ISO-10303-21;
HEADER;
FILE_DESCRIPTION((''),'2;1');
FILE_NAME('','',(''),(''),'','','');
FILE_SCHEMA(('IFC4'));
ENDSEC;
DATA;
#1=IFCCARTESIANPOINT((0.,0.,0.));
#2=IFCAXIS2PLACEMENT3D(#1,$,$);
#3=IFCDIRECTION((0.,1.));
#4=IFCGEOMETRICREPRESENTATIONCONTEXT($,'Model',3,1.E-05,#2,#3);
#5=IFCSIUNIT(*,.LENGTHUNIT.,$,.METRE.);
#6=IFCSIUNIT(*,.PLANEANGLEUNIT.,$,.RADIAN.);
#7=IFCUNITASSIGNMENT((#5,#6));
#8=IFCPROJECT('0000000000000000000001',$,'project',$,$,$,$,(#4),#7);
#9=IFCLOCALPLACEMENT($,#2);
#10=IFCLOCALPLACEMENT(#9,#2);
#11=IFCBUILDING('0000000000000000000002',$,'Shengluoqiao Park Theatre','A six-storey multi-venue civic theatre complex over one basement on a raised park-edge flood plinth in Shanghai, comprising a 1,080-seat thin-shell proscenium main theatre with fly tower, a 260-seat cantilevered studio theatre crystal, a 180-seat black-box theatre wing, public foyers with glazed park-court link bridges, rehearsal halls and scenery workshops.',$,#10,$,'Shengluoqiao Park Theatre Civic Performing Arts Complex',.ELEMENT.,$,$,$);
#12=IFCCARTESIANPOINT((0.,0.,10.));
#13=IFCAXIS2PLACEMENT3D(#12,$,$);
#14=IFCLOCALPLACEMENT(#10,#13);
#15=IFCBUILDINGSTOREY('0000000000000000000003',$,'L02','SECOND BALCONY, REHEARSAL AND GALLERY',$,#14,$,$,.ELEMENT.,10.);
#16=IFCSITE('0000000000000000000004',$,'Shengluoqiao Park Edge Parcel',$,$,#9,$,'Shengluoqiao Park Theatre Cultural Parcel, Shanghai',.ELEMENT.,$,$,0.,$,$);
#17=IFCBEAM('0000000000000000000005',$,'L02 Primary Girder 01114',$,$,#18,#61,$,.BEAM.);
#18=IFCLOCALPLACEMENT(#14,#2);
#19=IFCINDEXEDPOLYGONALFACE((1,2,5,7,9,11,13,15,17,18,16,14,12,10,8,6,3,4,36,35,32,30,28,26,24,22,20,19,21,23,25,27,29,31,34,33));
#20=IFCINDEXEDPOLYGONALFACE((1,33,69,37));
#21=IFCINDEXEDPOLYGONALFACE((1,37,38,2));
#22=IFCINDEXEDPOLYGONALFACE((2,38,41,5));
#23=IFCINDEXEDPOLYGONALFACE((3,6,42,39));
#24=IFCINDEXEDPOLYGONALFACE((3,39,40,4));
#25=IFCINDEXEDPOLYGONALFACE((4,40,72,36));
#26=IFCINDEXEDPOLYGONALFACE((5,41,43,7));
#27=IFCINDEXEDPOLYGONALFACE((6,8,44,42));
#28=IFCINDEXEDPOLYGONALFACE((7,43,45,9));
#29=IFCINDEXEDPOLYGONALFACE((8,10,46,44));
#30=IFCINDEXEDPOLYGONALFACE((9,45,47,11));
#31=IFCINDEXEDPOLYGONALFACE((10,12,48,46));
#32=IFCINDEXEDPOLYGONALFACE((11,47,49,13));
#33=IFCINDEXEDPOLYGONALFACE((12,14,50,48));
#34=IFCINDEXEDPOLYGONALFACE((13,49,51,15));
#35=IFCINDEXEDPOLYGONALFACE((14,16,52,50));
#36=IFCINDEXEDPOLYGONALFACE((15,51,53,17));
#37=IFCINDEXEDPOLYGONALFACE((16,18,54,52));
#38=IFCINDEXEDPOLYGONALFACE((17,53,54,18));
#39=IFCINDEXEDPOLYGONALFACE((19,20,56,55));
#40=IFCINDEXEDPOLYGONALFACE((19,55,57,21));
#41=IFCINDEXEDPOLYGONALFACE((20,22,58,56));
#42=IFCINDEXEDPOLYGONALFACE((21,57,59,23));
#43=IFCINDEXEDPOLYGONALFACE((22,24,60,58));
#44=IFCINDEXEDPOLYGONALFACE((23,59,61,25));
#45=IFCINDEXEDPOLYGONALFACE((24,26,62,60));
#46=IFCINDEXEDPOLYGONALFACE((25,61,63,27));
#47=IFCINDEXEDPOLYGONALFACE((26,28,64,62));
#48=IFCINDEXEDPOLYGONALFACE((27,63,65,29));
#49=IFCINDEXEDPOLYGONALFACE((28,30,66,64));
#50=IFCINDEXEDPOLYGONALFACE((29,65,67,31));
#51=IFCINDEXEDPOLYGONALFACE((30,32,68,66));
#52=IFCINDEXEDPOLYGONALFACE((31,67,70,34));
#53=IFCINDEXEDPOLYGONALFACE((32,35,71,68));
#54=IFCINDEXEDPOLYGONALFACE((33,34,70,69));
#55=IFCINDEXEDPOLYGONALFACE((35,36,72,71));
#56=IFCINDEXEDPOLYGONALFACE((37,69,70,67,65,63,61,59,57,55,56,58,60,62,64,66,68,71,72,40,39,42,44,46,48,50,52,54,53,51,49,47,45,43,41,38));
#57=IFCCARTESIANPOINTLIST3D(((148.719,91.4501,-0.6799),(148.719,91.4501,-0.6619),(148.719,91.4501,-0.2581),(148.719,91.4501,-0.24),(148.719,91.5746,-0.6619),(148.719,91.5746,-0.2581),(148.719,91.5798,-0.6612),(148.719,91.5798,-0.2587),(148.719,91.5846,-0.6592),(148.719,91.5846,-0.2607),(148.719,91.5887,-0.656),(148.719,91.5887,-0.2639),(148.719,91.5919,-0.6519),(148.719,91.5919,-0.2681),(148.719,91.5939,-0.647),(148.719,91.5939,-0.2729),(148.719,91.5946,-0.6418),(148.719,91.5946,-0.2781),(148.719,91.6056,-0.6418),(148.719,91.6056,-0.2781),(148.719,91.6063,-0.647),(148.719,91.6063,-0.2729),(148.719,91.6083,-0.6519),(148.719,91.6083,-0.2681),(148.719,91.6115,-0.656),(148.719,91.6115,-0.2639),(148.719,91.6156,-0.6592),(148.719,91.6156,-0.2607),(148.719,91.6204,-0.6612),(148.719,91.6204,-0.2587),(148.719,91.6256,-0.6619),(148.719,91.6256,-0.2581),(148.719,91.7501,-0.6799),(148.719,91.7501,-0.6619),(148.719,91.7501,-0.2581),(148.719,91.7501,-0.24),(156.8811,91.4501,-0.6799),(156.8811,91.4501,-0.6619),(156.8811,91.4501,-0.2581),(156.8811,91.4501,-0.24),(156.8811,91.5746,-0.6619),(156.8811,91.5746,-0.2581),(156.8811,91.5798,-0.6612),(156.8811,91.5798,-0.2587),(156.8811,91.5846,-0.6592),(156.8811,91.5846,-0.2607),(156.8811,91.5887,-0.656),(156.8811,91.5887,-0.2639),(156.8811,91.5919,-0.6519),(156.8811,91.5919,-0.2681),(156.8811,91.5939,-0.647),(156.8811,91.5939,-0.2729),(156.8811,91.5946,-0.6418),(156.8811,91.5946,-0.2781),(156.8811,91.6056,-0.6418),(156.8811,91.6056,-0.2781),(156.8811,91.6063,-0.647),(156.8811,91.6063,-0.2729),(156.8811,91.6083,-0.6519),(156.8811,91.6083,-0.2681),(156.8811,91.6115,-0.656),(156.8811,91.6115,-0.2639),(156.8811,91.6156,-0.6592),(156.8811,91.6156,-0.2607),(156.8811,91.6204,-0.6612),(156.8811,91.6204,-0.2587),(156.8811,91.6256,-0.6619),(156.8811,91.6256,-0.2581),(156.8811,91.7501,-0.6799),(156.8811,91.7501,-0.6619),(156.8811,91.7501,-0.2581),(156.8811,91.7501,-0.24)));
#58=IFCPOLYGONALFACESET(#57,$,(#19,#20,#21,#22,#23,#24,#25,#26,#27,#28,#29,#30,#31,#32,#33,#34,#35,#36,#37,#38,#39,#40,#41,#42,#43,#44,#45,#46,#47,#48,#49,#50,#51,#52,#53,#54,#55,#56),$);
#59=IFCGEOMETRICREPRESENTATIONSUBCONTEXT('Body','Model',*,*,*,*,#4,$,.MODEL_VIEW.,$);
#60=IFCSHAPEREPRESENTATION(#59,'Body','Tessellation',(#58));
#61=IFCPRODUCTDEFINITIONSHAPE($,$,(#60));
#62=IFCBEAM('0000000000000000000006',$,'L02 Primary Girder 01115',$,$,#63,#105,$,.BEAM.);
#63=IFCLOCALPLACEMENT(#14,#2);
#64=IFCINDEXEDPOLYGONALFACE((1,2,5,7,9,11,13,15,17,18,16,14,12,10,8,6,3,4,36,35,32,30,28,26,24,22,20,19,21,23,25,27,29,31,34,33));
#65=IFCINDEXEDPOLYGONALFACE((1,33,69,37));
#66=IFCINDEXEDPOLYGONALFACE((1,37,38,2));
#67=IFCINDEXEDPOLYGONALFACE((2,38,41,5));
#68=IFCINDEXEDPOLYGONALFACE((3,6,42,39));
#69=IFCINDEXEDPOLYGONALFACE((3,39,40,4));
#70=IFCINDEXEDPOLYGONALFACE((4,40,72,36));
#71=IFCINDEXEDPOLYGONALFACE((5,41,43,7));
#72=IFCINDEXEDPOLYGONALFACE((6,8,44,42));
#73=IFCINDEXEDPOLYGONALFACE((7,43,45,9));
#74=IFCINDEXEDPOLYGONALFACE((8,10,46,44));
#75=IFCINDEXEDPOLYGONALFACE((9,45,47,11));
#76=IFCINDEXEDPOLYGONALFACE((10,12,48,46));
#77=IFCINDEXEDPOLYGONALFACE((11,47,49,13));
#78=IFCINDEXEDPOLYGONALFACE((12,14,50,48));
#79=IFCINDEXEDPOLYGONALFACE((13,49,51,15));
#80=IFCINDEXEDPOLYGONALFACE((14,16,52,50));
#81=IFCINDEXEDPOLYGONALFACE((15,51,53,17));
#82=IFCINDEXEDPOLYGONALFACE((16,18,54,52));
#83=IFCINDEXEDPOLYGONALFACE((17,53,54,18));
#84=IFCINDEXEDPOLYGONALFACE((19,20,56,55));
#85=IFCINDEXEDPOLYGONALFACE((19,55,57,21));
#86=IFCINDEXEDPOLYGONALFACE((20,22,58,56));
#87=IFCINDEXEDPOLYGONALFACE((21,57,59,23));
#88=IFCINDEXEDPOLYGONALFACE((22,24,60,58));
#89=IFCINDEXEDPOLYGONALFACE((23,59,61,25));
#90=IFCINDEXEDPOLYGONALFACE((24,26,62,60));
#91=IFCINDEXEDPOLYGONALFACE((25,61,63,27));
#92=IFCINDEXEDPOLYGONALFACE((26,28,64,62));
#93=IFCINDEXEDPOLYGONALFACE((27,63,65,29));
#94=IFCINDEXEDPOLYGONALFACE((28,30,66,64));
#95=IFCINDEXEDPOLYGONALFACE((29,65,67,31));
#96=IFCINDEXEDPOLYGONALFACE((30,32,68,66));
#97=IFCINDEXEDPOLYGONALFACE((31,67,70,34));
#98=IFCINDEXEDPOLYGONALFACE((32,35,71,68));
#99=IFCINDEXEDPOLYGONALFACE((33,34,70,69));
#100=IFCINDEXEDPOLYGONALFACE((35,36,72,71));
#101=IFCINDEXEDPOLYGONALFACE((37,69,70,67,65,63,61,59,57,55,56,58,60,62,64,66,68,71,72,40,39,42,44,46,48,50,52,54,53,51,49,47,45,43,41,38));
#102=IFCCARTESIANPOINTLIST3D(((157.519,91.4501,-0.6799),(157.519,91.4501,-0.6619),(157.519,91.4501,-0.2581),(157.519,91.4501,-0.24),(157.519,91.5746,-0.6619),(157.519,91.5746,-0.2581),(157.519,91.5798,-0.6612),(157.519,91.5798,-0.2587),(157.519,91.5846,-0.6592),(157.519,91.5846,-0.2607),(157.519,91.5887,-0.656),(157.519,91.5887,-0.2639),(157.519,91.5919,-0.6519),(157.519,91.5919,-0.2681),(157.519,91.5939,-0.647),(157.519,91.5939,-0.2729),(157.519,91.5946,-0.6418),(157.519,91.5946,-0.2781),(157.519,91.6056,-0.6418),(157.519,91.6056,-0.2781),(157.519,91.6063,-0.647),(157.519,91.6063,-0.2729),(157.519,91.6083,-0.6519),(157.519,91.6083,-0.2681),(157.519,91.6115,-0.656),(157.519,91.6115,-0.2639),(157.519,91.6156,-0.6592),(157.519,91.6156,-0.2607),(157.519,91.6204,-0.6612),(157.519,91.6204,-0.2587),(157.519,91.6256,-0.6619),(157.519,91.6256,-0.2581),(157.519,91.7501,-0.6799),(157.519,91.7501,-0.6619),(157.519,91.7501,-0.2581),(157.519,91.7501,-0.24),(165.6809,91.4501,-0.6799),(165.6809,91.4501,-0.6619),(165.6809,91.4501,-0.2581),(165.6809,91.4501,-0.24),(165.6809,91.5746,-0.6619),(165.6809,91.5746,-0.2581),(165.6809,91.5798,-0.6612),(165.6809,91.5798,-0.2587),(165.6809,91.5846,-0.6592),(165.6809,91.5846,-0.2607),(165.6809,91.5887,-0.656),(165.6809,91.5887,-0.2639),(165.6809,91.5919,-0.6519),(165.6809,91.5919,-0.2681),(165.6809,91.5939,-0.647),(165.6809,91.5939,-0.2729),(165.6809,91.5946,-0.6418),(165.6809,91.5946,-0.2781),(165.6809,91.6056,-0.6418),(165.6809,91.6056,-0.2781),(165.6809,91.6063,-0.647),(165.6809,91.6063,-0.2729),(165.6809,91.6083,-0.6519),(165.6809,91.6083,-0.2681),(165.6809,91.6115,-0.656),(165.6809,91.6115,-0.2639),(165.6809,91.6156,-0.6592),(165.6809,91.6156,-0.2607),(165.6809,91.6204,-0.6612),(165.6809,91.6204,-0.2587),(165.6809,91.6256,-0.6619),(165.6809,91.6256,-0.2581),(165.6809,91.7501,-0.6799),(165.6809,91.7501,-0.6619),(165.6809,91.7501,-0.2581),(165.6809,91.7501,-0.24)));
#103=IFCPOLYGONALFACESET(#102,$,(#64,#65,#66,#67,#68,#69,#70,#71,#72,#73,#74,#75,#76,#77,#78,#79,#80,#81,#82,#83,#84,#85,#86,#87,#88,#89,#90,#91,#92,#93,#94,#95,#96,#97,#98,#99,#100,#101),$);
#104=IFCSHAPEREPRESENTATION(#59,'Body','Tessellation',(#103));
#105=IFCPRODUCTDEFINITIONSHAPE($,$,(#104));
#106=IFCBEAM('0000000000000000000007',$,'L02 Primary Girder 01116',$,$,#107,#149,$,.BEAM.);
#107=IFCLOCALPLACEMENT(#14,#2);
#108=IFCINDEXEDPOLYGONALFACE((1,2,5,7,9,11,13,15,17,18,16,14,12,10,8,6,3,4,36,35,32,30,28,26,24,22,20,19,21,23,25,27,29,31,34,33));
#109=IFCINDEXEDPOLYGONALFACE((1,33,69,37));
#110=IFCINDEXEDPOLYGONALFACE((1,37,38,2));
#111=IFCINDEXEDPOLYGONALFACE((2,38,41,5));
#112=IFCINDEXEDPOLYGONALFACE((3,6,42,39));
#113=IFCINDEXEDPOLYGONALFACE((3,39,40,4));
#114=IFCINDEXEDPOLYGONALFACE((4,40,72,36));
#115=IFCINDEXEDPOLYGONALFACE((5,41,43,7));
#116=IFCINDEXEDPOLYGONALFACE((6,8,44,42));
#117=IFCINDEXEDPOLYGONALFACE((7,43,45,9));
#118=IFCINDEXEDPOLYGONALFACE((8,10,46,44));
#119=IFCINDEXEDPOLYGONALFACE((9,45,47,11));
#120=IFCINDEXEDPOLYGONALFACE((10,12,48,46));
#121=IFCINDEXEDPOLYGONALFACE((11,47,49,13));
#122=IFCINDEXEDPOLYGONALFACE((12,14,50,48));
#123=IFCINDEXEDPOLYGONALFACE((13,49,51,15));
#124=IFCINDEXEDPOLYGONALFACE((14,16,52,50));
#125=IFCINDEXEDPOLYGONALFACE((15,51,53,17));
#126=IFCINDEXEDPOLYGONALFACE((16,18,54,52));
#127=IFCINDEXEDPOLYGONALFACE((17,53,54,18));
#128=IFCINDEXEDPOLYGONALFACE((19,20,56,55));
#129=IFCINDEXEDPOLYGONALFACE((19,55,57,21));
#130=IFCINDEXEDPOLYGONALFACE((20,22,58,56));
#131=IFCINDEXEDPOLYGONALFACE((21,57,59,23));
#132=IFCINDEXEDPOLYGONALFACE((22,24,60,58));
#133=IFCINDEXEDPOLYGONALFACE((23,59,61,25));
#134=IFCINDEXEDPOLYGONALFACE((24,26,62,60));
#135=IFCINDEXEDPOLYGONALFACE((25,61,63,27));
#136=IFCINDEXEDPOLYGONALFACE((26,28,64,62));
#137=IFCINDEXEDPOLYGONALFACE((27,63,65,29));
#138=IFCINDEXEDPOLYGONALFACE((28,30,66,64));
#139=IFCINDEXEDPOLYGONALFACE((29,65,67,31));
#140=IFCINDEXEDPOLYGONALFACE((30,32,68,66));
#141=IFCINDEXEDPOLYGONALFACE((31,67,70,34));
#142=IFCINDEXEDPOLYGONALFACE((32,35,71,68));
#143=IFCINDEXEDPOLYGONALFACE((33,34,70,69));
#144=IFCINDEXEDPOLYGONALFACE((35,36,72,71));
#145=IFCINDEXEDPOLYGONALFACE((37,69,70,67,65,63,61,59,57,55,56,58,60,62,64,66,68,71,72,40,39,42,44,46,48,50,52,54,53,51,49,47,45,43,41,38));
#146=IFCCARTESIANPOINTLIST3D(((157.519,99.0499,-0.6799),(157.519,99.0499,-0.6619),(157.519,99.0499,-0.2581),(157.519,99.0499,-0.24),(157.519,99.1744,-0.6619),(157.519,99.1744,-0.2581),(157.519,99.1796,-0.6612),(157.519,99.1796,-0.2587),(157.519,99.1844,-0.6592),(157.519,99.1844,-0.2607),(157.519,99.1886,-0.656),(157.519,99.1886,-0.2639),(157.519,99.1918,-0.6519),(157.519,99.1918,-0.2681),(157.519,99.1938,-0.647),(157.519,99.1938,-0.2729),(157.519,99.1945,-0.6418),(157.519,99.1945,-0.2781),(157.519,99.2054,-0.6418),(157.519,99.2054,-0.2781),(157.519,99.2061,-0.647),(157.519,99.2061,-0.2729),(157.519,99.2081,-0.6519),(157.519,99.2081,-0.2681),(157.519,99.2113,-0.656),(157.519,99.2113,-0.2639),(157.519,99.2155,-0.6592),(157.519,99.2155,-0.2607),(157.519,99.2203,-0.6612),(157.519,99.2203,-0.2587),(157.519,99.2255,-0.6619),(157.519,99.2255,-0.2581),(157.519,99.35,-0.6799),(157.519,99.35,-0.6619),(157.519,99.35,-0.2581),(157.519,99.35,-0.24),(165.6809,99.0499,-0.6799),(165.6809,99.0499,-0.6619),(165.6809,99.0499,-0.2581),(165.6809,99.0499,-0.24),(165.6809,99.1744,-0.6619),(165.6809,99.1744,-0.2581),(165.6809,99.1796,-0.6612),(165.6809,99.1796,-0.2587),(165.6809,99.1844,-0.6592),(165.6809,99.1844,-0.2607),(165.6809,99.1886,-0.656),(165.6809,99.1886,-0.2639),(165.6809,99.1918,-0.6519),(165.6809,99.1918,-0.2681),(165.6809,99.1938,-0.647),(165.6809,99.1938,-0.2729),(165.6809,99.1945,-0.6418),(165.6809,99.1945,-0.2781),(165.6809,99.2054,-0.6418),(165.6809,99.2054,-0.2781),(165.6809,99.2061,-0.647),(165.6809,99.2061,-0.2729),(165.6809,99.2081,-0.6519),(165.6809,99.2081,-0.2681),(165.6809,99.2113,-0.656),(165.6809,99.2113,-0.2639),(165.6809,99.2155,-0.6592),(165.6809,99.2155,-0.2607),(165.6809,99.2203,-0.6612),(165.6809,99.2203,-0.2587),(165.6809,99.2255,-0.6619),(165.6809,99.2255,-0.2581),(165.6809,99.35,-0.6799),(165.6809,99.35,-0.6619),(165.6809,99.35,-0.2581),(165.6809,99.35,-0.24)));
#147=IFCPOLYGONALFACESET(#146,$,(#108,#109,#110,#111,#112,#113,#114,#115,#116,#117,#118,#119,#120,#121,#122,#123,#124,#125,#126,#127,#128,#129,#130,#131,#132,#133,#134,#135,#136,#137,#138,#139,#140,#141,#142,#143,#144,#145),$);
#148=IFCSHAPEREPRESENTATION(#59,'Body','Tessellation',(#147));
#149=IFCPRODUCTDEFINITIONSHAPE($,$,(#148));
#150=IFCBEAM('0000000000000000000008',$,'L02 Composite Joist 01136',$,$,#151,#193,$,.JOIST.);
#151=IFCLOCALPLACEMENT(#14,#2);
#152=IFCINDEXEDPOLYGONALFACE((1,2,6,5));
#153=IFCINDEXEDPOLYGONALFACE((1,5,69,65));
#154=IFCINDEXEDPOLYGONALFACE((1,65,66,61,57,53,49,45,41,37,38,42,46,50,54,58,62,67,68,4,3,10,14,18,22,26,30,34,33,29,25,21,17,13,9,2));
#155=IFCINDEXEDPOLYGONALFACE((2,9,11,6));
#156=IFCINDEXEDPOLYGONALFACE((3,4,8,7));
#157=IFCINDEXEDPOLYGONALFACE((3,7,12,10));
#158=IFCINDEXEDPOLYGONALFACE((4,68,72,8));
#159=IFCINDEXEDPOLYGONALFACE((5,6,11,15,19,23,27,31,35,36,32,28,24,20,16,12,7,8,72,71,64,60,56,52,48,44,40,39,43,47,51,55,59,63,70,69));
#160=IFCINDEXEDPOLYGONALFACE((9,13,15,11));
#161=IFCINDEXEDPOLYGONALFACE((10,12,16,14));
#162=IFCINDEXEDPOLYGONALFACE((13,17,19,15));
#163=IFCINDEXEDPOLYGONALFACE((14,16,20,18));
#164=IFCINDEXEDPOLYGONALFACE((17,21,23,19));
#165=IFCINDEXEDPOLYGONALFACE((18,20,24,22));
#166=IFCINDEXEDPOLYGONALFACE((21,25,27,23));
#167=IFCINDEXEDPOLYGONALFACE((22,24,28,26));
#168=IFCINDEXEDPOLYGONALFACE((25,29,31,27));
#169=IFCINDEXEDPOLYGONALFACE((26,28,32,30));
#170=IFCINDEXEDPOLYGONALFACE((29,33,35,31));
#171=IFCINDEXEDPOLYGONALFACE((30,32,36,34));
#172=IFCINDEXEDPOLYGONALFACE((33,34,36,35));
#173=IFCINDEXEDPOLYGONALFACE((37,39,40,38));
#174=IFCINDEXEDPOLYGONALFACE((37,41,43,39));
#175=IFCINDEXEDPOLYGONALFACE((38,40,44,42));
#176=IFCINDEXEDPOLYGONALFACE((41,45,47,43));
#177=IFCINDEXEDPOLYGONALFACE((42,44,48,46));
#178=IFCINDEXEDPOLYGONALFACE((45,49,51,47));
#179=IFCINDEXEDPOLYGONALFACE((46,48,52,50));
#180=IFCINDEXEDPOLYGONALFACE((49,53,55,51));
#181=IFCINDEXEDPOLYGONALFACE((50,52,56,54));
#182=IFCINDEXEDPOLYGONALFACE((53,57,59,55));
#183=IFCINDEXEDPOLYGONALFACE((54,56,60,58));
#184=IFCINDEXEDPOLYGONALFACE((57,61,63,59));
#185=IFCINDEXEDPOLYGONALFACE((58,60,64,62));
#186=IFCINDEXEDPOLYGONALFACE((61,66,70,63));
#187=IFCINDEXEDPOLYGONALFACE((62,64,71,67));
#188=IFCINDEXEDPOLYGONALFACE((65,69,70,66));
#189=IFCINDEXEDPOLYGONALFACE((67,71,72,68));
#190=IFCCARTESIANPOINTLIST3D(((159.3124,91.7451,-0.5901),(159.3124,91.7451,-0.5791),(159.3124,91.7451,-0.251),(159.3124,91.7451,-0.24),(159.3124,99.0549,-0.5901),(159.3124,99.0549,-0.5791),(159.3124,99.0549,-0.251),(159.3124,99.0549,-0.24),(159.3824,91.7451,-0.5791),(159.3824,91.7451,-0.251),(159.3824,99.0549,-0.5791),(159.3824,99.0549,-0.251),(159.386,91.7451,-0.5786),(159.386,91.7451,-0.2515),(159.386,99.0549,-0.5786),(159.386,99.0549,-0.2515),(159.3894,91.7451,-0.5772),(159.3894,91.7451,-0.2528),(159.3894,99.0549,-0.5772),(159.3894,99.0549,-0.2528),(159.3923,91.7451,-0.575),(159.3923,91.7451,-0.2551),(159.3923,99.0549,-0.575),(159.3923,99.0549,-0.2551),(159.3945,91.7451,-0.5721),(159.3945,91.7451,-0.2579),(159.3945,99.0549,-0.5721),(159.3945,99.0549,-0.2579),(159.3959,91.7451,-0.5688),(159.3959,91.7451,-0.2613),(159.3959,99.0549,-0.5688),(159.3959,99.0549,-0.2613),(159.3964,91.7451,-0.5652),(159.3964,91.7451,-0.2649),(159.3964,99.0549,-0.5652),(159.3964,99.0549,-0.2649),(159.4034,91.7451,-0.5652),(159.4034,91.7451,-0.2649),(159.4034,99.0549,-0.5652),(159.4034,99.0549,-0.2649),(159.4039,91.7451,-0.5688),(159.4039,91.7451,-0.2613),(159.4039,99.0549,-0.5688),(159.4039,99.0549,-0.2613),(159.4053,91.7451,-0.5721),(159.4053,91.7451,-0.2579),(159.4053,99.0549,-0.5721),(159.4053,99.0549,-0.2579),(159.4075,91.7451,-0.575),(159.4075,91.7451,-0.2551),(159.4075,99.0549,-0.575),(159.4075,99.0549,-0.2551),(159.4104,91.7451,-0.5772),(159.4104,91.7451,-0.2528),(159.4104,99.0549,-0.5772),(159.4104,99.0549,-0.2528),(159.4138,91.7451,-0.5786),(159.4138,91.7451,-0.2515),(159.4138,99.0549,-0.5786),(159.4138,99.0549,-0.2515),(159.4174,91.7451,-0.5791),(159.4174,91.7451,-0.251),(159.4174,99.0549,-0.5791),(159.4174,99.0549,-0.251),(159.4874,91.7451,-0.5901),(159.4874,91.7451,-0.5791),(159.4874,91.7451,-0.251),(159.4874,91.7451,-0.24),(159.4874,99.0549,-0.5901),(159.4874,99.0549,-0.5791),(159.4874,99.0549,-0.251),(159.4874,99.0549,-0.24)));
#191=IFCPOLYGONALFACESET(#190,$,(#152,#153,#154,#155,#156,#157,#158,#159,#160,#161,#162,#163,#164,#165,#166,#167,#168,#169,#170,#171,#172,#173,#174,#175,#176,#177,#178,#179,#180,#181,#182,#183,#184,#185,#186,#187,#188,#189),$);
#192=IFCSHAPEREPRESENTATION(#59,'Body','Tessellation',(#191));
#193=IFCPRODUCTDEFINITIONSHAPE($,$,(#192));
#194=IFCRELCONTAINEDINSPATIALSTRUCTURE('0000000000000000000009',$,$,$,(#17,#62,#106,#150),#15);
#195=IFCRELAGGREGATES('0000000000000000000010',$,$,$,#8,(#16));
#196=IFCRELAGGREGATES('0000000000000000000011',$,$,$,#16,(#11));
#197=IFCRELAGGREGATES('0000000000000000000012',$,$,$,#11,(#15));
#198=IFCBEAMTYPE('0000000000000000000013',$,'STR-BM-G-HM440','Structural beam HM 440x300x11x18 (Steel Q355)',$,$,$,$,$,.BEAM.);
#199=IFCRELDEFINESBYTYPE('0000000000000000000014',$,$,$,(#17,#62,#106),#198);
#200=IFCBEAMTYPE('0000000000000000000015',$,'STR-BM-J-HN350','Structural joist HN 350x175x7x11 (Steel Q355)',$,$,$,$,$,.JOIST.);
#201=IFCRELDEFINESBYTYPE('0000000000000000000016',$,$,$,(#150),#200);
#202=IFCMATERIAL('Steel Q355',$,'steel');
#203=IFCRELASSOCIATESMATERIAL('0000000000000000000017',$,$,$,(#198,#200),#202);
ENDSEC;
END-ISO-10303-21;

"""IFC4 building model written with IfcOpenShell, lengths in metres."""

from ifc_helpers import new_model, si_unit, direction, frame, origin, origin_2d, place, context, subcontext, project, spatial, i_section, extrude, material, material_profile, profile_set, type_object, element, save


model = new_model("IFC4")

# Units and contexts
model_context = context("Model", 3, precision=1e-05, world=origin(), true_north=direction((0.0, 1.0)))
body_context = subcontext(model_context, "Body", "Model", "MODEL_VIEW")
ifc_project = project(units=[si_unit("LENGTHUNIT", "METRE"), si_unit("PLANEANGLEUNIT", "RADIAN")], contexts=[model_context])

# Site, building, storey
site_placement = place(None, origin())
site = spatial("IfcSite", under=ifc_project, at=site_placement, Name="Shengluoqiao Park Edge Parcel", LongName="Shengluoqiao Park Theatre Cultural Parcel, Shanghai", CompositionType="ELEMENT", RefElevation=0.0)
building_placement = place(site_placement, origin())
building = spatial("IfcBuilding", under=site, at=building_placement, Name="Shengluoqiao Park Theatre", Description="A six-storey multi-venue civic theatre complex over one basement on a raised park-edge flood plinth in Shanghai, comprising a 1,080-seat thin-shell proscenium main theatre with fly tower, a 260-seat cantilevered studio theatre crystal, a 180-seat black-box theatre wing, public foyers with glazed park-court link bridges, rehearsal halls and scenery workshops.", LongName="Shengluoqiao Park Theatre Civic Performing Arts Complex", CompositionType="ELEMENT")
storey_placement = place(building_placement, frame((0.0, 0.0, 10.0)))
storey = spatial("IfcBuildingStorey", under=building, at=storey_placement, Name="L02", Description="SECOND BALCONY, REHEARSAL AND GALLERY", CompositionType="ELEMENT", Elevation=10.0)

# Beams
ifc_material_1 = material(Name="Steel Q355", Category="steel")
ifc_material_profile_1 = material_profile(ifc_material_1, i_section(OverallWidth=0.3, OverallDepth=0.4399, WebThickness=0.011, FlangeThickness=0.0181, FilletRadius=0.02, at=origin_2d()), Name="HM 440x300x11x18")
ifc_profile_set_1 = profile_set([ifc_material_profile_1], Name="Steel Q355")
beam_type_1 = type_object("IfcBeamType", Name="STR-BM-G-HM440", Description="Structural beam HM 440x300x11x18 (Steel Q355)", PredefinedType="BEAM", material=ifc_profile_set_1)
beam_placement = place(storey_placement, frame((148.719, 91.6001, -0.46), z_axis=(1.0, 0.0, 0.0), x_axis=(0.0, 1.0, 0.0)))
element("IfcBeam", 1, at=beam_placement, inside=storey, type_object=beam_type_1, Name="L02 Primary Girder 01114", PredefinedType="BEAM", context=body_context, shape_type="SweptSolid", body=[
    extrude(i_section(OverallWidth=0.3, OverallDepth=0.4399, WebThickness=0.011, FlangeThickness=0.0181, FilletRadius=0.02, at=origin_2d()), origin(), (0.0, 0.0, 1.0), 8.1621),
])
for number, where, z_axis, x_axis, name in (
    (2, (157.519, 91.6001, -0.46), (1.0, 0.0, 0.0), (0.0, 1.0, 0.0), "L02 Primary Girder 01115"),
    (3, (157.519, 99.2, -0.46), (1.0, 0.0, 0.0), (0.0, 1.0, 0.0), "L02 Primary Girder 01116"),
):
    element("IfcBeam", number, at=place(storey_placement, frame(where, z_axis=z_axis, x_axis=x_axis)), inside=storey, type_object=beam_type_1, Name=name, PredefinedType="BEAM", context=body_context, shape_type="SweptSolid", body=[
        extrude(i_section(OverallWidth=0.3, OverallDepth=0.4399, WebThickness=0.011, FlangeThickness=0.0181, FilletRadius=0.02, at=origin_2d()), origin(), (0.0, 0.0, 1.0), 8.1619),
    ])
ifc_material_profile_2 = material_profile(ifc_material_1, i_section(OverallWidth=0.175, OverallDepth=0.3501, WebThickness=0.0071, FlangeThickness=0.011, FilletRadius=0.0139, at=origin_2d()), Name="HN 350x175x7x11")
ifc_profile_set_2 = profile_set([ifc_material_profile_2], Name="Steel Q355")
beam_type_2 = type_object("IfcBeamType", Name="STR-BM-J-HN350", Description="Structural joist HN 350x175x7x11 (Steel Q355)", PredefinedType="JOIST", material=ifc_profile_set_2)
for number, where, z_axis, x_axis, name in (
    (4, (159.3999, 91.7451, -0.415), (0.0, 1.0, 0.0), (-1.0, 0.0, 0.0), "L02 Composite Joist 01136"),
):
    element("IfcBeam", number, at=place(storey_placement, frame(where, z_axis=z_axis, x_axis=x_axis)), inside=storey, type_object=beam_type_2, Name=name, PredefinedType="JOIST", context=body_context, shape_type="SweptSolid", body=[
        extrude(i_section(OverallWidth=0.175, OverallDepth=0.3501, WebThickness=0.0071, FlangeThickness=0.011, FilletRadius=0.0139, at=origin_2d()), origin(), (0.0, 0.0, 1.0), 7.3098),
    ])

save(model, "model.ifc")
